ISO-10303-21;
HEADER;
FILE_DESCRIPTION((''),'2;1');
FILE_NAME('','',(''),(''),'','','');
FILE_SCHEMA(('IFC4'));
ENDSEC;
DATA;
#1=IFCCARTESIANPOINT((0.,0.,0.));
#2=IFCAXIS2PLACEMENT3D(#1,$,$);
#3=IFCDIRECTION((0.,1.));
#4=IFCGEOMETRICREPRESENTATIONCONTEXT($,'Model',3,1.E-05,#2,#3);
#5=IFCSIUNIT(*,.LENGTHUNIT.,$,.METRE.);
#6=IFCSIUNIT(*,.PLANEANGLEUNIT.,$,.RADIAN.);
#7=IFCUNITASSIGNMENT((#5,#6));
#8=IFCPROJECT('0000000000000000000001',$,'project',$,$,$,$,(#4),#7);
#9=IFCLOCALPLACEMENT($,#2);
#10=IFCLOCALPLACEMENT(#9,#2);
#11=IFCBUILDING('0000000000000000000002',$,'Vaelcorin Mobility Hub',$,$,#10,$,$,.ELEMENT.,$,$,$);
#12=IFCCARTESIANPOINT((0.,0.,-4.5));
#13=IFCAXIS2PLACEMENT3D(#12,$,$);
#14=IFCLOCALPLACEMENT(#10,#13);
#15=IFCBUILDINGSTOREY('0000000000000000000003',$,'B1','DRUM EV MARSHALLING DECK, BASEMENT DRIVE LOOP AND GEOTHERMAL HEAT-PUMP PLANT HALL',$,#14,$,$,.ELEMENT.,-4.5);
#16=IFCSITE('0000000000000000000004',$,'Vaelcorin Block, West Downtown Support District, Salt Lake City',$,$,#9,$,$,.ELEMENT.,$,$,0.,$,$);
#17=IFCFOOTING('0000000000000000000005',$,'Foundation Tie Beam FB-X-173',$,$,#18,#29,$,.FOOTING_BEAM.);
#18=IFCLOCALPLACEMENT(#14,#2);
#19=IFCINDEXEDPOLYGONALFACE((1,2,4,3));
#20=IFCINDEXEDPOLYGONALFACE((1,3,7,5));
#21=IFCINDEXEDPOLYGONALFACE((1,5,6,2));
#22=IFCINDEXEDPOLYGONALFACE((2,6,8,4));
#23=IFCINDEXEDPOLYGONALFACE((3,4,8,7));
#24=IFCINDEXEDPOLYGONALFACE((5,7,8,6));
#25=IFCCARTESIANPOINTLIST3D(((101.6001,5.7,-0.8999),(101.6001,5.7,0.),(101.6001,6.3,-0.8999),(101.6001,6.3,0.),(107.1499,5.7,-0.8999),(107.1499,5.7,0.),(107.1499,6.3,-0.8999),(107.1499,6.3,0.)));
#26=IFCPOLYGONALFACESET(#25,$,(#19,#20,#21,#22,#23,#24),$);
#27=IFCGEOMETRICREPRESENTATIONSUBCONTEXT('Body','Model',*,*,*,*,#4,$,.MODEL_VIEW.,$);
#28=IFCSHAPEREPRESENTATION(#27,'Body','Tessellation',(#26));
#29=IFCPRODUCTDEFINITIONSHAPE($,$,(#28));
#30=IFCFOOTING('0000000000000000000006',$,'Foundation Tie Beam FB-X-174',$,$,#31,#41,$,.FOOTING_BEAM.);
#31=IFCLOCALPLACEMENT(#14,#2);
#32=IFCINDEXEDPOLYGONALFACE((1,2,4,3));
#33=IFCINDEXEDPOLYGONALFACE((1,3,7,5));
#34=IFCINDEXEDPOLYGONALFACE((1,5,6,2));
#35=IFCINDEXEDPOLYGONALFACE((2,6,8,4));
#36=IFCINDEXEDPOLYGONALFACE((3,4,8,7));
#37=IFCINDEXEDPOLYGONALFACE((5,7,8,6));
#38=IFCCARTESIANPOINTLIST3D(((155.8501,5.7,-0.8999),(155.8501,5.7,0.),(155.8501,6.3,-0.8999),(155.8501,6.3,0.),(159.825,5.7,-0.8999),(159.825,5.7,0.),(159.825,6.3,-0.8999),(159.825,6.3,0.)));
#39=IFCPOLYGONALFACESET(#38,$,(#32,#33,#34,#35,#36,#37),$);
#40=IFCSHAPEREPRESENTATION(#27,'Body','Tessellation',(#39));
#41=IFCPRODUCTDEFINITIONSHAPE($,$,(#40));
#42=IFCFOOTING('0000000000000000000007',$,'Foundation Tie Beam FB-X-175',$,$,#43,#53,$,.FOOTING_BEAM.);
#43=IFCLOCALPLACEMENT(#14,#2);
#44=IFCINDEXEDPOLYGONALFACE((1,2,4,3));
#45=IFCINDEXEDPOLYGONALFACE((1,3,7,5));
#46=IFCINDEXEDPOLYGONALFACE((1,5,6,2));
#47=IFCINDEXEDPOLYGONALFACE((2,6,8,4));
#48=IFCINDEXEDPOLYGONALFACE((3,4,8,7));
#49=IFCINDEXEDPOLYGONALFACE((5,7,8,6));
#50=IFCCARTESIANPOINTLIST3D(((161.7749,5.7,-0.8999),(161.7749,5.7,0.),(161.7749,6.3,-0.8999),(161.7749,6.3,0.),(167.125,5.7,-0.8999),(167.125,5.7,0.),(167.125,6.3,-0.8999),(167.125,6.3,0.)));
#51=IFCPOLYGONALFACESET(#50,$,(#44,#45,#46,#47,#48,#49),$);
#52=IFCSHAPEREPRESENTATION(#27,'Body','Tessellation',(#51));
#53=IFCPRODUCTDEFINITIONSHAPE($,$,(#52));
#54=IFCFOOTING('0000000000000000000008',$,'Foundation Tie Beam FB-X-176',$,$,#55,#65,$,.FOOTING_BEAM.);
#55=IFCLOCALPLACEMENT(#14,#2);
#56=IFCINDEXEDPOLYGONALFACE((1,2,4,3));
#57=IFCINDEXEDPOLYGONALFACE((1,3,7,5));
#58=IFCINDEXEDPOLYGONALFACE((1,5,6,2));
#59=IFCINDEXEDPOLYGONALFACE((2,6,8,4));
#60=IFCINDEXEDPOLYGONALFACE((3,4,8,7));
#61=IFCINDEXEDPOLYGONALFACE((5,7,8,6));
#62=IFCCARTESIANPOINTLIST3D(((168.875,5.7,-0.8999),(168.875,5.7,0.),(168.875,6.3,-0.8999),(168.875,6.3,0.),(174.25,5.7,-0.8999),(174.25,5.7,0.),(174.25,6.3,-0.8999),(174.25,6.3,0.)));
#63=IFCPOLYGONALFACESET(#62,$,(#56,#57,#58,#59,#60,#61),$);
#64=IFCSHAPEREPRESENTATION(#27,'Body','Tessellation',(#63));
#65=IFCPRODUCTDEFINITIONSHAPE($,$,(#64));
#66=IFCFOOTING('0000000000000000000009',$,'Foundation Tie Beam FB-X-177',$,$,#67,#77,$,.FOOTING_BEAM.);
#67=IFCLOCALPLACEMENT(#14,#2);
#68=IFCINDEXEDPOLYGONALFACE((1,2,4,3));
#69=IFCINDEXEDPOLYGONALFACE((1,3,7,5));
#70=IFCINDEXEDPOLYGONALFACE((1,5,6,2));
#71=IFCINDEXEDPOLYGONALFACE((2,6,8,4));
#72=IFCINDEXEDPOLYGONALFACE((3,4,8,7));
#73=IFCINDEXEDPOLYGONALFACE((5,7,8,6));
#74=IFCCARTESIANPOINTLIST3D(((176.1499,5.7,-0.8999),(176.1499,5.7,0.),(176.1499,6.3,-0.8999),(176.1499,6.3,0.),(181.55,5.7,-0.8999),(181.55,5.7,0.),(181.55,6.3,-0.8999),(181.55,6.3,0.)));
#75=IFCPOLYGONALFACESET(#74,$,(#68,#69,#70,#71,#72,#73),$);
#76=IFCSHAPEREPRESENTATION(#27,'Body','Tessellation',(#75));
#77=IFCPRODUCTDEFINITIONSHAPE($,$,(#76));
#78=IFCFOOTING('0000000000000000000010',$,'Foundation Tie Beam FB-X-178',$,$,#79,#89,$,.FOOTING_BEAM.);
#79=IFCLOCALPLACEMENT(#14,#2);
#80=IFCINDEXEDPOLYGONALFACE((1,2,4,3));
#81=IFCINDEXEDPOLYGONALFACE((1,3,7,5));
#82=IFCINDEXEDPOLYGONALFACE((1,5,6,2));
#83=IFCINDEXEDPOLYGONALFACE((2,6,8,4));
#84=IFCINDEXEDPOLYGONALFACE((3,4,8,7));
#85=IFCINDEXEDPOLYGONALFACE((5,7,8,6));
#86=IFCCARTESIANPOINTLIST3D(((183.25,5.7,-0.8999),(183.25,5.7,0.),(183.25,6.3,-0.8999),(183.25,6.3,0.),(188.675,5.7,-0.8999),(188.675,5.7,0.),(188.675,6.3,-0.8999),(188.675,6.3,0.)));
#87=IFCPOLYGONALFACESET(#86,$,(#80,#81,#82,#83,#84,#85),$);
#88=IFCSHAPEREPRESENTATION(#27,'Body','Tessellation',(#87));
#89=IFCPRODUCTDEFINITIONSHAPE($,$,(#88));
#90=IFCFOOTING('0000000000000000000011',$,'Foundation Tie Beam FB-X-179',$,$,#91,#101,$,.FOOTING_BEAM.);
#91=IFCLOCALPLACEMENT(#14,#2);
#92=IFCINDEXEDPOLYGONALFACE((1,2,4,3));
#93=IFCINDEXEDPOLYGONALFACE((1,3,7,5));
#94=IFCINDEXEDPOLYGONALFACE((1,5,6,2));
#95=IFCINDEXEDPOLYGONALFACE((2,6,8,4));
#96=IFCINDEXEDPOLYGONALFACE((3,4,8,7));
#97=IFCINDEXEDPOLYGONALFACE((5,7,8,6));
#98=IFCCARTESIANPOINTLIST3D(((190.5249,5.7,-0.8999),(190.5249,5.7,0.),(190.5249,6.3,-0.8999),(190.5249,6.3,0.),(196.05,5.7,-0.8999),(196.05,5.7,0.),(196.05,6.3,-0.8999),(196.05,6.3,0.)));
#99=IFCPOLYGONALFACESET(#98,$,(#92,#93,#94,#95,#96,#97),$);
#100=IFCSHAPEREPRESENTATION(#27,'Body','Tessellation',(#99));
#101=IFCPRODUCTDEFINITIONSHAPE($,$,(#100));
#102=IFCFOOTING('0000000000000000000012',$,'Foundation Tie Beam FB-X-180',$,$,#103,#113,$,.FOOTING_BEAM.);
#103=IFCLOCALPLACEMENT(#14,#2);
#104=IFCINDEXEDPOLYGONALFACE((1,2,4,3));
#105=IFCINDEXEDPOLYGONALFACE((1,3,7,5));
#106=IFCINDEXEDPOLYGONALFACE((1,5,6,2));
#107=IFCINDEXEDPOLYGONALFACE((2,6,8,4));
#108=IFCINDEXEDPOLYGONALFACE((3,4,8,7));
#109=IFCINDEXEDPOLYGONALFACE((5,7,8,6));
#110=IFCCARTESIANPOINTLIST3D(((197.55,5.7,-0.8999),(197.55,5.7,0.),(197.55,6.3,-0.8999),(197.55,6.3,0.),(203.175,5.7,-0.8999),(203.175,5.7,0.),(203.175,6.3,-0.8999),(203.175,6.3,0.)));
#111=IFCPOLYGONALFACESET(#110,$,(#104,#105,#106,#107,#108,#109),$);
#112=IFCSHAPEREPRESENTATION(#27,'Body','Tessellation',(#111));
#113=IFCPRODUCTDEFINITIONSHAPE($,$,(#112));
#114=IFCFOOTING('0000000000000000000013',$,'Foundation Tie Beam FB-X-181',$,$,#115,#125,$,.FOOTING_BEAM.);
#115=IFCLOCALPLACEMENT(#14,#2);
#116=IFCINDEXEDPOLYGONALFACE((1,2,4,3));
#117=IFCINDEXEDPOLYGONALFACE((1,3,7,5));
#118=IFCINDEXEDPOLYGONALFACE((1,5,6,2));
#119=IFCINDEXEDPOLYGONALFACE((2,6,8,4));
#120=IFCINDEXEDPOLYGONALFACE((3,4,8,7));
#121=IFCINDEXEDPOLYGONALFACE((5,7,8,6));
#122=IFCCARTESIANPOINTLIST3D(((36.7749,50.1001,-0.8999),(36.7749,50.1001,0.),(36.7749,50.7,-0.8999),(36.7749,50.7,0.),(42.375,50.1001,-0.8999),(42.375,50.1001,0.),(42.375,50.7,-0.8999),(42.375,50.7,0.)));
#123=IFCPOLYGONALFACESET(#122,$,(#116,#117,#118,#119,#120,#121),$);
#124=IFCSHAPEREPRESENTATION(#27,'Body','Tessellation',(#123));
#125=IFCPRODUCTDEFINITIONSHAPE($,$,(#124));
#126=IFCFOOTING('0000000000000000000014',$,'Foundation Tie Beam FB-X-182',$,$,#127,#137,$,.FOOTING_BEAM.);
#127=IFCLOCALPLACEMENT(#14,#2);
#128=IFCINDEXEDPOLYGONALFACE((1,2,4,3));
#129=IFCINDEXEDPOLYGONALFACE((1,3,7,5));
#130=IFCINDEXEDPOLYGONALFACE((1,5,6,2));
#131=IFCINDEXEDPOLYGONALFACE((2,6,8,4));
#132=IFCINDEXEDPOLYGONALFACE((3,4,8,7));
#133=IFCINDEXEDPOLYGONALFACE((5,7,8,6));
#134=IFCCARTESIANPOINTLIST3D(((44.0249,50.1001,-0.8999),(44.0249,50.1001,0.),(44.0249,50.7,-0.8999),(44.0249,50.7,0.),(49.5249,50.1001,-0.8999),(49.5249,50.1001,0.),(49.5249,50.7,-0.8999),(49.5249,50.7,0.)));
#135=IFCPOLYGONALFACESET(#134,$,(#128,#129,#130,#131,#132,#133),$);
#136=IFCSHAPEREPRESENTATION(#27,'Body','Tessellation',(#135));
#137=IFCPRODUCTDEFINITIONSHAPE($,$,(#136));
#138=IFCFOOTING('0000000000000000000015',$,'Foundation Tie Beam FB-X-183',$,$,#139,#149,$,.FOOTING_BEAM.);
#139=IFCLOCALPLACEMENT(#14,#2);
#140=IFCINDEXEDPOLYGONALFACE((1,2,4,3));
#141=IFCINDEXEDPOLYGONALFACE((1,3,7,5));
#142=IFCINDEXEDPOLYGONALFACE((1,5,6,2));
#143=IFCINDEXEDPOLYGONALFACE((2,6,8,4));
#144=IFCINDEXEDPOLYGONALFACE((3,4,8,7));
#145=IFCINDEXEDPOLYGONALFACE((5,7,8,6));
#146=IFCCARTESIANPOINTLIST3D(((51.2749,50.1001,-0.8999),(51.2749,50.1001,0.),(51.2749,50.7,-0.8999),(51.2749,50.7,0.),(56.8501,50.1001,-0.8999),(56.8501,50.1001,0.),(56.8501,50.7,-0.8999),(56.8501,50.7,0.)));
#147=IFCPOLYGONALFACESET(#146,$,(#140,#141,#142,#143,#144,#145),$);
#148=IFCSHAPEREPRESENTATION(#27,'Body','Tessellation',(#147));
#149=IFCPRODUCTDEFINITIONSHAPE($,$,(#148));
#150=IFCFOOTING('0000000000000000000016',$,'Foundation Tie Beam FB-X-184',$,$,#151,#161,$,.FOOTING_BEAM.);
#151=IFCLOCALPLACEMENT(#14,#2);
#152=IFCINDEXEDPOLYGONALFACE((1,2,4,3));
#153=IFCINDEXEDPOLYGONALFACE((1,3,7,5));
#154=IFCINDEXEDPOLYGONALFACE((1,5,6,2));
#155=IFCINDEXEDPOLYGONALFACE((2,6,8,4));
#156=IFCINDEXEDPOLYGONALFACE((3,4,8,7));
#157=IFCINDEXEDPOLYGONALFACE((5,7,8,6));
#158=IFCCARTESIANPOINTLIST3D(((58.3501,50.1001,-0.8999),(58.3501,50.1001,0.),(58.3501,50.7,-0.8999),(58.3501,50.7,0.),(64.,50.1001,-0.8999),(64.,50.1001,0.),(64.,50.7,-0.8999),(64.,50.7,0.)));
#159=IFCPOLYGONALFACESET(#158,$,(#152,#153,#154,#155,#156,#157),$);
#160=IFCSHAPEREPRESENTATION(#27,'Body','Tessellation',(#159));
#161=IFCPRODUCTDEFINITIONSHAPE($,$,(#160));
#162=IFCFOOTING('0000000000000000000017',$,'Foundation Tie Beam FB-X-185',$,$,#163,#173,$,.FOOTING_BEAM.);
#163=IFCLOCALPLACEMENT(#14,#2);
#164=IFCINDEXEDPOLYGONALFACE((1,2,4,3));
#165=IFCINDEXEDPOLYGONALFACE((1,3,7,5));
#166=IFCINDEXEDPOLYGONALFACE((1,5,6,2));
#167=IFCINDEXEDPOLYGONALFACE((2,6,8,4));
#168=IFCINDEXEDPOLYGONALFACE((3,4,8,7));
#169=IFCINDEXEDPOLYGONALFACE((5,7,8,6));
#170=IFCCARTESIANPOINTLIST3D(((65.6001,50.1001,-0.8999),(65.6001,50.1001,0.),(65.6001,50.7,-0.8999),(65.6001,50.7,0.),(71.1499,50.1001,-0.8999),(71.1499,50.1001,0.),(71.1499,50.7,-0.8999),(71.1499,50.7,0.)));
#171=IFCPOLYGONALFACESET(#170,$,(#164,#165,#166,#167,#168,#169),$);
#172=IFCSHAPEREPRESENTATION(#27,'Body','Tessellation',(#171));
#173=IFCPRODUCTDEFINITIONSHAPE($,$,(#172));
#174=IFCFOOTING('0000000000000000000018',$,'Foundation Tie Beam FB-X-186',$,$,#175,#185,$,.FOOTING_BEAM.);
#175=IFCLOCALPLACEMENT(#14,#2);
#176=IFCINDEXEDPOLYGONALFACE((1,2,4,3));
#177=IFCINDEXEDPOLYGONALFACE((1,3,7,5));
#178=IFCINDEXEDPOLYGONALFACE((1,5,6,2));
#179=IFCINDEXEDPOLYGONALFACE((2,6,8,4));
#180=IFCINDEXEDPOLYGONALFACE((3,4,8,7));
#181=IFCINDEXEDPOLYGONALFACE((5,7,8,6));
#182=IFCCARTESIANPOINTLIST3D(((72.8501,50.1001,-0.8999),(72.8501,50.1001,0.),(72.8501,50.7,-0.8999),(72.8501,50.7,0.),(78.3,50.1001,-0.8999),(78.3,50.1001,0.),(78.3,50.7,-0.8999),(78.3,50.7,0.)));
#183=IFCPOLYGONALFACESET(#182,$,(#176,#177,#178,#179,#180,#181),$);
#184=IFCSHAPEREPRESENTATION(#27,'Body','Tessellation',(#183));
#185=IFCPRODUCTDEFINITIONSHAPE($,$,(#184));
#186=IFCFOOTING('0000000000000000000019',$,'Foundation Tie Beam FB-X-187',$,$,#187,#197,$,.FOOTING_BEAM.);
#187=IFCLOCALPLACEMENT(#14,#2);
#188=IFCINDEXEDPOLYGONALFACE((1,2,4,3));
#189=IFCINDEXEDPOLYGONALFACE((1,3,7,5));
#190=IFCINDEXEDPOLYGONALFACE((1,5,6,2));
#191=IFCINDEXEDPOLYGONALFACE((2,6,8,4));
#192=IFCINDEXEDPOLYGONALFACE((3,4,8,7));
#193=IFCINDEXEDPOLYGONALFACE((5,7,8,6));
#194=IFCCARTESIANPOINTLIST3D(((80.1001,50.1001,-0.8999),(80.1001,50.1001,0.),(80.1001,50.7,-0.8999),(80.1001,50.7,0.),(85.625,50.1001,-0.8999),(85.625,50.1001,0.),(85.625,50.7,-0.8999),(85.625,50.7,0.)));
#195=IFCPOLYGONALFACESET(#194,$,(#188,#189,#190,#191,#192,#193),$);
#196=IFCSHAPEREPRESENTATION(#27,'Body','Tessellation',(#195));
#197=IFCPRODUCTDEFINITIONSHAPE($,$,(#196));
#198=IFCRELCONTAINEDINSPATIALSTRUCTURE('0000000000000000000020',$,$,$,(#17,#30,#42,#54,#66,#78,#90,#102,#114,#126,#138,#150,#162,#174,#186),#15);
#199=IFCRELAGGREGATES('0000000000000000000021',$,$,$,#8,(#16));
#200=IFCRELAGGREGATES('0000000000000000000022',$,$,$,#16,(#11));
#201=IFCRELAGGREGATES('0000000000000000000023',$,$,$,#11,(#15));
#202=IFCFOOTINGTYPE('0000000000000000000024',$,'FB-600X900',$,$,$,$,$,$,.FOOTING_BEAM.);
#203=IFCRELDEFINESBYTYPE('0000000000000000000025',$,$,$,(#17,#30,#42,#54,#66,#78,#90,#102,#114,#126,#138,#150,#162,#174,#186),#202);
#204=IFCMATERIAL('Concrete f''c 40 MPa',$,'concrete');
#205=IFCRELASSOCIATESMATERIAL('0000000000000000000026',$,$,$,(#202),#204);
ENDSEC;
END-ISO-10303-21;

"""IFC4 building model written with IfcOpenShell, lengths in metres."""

from ifc_helpers import new_model, si_unit, direction, frame, origin, place, context, subcontext, project, spatial, polyline, outline, extrude, material, type_object, element, save


model = new_model("IFC4")

# Units and contexts
model_context = context("Model", 3, precision=1e-05, world=origin(), true_north=direction((0.0, 1.0)))
body_context = subcontext(model_context, "Body", "Model", "MODEL_VIEW")
ifc_project = project(units=[si_unit("LENGTHUNIT", "METRE"), si_unit("PLANEANGLEUNIT", "RADIAN")], contexts=[model_context])

# Site, building, storey
site_placement = place(None, origin())
site = spatial("IfcSite", under=ifc_project, at=site_placement, Name="Vaelcorin Block, West Downtown Support District, Salt Lake City", CompositionType="ELEMENT", RefElevation=0.0)
building_placement = place(site_placement, origin())
building = spatial("IfcBuilding", under=site, at=building_placement, Name="Vaelcorin Mobility Hub", CompositionType="ELEMENT")
storey_placement = place(building_placement, frame((0.0, 0.0, -4.5)))
storey = spatial("IfcBuildingStorey", under=building, at=storey_placement, Name="B1", Description="DRUM EV MARSHALLING DECK, BASEMENT DRIVE LOOP AND GEOTHERMAL HEAT-PUMP PLANT HALL", CompositionType="ELEMENT", Elevation=-4.5)

# Footings
ifc_material = material(Name="Concrete f'c 40 MPa", Category="concrete")
footing_type = type_object("IfcFootingType", Name="FB-600X900", PredefinedType="FOOTING_BEAM", material=ifc_material)
footing_1_placement = place(storey_placement, frame((0.0, 0.0, -0.8999)))
element("IfcFooting", 1, at=footing_1_placement, inside=storey, type_object=footing_type, Name="Foundation Tie Beam FB-X-173", PredefinedType="FOOTING_BEAM", context=body_context, shape_type="SweptSolid", body=[
    extrude(outline(polyline([(101.6001, 5.7), (107.1499, 5.7), (107.1499, 6.3), (101.6001, 6.3), (101.6001, 5.7)])), origin(), (0.0, 0.0, 1.0), 0.8999),
])
footing_2_placement = place(storey_placement, frame((0.0, 0.0, -0.8999)))
element("IfcFooting", 2, at=footing_2_placement, inside=storey, type_object=footing_type, Name="Foundation Tie Beam FB-X-174", PredefinedType="FOOTING_BEAM", context=body_context, shape_type="SweptSolid", body=[
    extrude(outline(polyline([(155.8501, 5.7), (159.825, 5.7), (159.825, 6.3), (155.8501, 6.3), (155.8501, 5.7)])), origin(), (0.0, 0.0, 1.0), 0.8999),
])
footing_3_placement = place(storey_placement, frame((0.0, 0.0, -0.8999)))
element("IfcFooting", 3, at=footing_3_placement, inside=storey, type_object=footing_type, Name="Foundation Tie Beam FB-X-175", PredefinedType="FOOTING_BEAM", context=body_context, shape_type="SweptSolid", body=[
    extrude(outline(polyline([(161.7749, 5.7), (167.125, 5.7), (167.125, 6.3), (161.7749, 6.3), (161.7749, 5.7)])), origin(), (0.0, 0.0, 1.0), 0.8999),
])
footing_4_placement = place(storey_placement, frame((0.0, 0.0, -0.8999)))
element("IfcFooting", 4, at=footing_4_placement, inside=storey, type_object=footing_type, Name="Foundation Tie Beam FB-X-176", PredefinedType="FOOTING_BEAM", context=body_context, shape_type="SweptSolid", body=[
    extrude(outline(polyline([(168.875, 5.7), (174.25, 5.7), (174.25, 6.3), (168.875, 6.3), (168.875, 5.7)])), origin(), (0.0, 0.0, 1.0), 0.8999),
])
footing_5_placement = place(storey_placement, frame((0.0, 0.0, -0.8999)))
element("IfcFooting", 5, at=footing_5_placement, inside=storey, type_object=footing_type, Name="Foundation Tie Beam FB-X-177", PredefinedType="FOOTING_BEAM", context=body_context, shape_type="SweptSolid", body=[
    extrude(outline(polyline([(176.1499, 5.7), (181.55, 5.7), (181.55, 6.3), (176.1499, 6.3), (176.1499, 5.7)])), origin(), (0.0, 0.0, 1.0), 0.8999),
])
footing_6_placement = place(storey_placement, frame((0.0, 0.0, -0.8999)))
element("IfcFooting", 6, at=footing_6_placement, inside=storey, type_object=footing_type, Name="Foundation Tie Beam FB-X-178", PredefinedType="FOOTING_BEAM", context=body_context, shape_type="SweptSolid", body=[
    extrude(outline(polyline([(183.25, 5.7), (188.675, 5.7), (188.675, 6.3), (183.25, 6.3), (183.25, 5.7)])), origin(), (0.0, 0.0, 1.0), 0.8999),
])
footing_7_placement = place(storey_placement, frame((0.0, 0.0, -0.8999)))
element("IfcFooting", 7, at=footing_7_placement, inside=storey, type_object=footing_type, Name="Foundation Tie Beam FB-X-179", PredefinedType="FOOTING_BEAM", context=body_context, shape_type="SweptSolid", body=[
    extrude(outline(polyline([(190.5249, 5.7), (196.05, 5.7), (196.05, 6.3), (190.5249, 6.3), (190.5249, 5.7)])), origin(), (0.0, 0.0, 1.0), 0.8999),
])
footing_8_placement = place(storey_placement, frame((0.0, 0.0, -0.8999)))
element("IfcFooting", 8, at=footing_8_placement, inside=storey, type_object=footing_type, Name="Foundation Tie Beam FB-X-180", PredefinedType="FOOTING_BEAM", context=body_context, shape_type="SweptSolid", body=[
    extrude(outline(polyline([(197.55, 5.7), (203.175, 5.7), (203.175, 6.3), (197.55, 6.3), (197.55, 5.7)])), origin(), (0.0, 0.0, 1.0), 0.8999),
])
footing_9_placement = place(storey_placement, frame((0.0, 0.0, -0.8999)))
element("IfcFooting", 9, at=footing_9_placement, inside=storey, type_object=footing_type, Name="Foundation Tie Beam FB-X-181", PredefinedType="FOOTING_BEAM", context=body_context, shape_type="SweptSolid", body=[
    extrude(outline(polyline([(36.7749, 50.1001), (42.375, 50.1001), (42.375, 50.7), (36.7749, 50.7), (36.7749, 50.1001)])), origin(), (0.0, 0.0, 1.0), 0.8999),
])
footing_10_placement = place(storey_placement, frame((0.0, 0.0, -0.8999)))
element("IfcFooting", 10, at=footing_10_placement, inside=storey, type_object=footing_type, Name="Foundation Tie Beam FB-X-182", PredefinedType="FOOTING_BEAM", context=body_context, shape_type="SweptSolid", body=[
    extrude(outline(polyline([(44.0249, 50.1001), (49.5249, 50.1001), (49.5249, 50.7), (44.0249, 50.7), (44.0249, 50.1001)])), origin(), (0.0, 0.0, 1.0), 0.8999),
])
footing_11_placement = place(storey_placement, frame((0.0, 0.0, -0.8999)))
element("IfcFooting", 11, at=footing_11_placement, inside=storey, type_object=footing_type, Name="Foundation Tie Beam FB-X-183", PredefinedType="FOOTING_BEAM", context=body_context, shape_type="SweptSolid", body=[
    extrude(outline(polyline([(51.2749, 50.1001), (56.8501, 50.1001), (56.8501, 50.7), (51.2749, 50.7), (51.2749, 50.1001)])), origin(), (0.0, 0.0, 1.0), 0.8999),
])
footing_12_placement = place(storey_placement, frame((0.0, 0.0, -0.8999)))
element("IfcFooting", 12, at=footing_12_placement, inside=storey, type_object=footing_type, Name="Foundation Tie Beam FB-X-184", PredefinedType="FOOTING_BEAM", context=body_context, shape_type="SweptSolid", body=[
    extrude(outline(polyline([(58.3501, 50.1001), (64.0, 50.1001), (64.0, 50.7), (58.3501, 50.7), (58.3501, 50.1001)])), origin(), (0.0, 0.0, 1.0), 0.8999),
])
footing_13_placement = place(storey_placement, frame((0.0, 0.0, -0.8999)))
element("IfcFooting", 13, at=footing_13_placement, inside=storey, type_object=footing_type, Name="Foundation Tie Beam FB-X-185", PredefinedType="FOOTING_BEAM", context=body_context, shape_type="SweptSolid", body=[
    extrude(outline(polyline([(65.6001, 50.1001), (71.1499, 50.1001), (71.1499, 50.7), (65.6001, 50.7), (65.6001, 50.1001)])), origin(), (0.0, 0.0, 1.0), 0.8999),
])
footing_14_placement = place(storey_placement, frame((0.0, 0.0, -0.8999)))
element("IfcFooting", 14, at=footing_14_placement, inside=storey, type_object=footing_type, Name="Foundation Tie Beam FB-X-186", PredefinedType="FOOTING_BEAM", context=body_context, shape_type="SweptSolid", body=[
    extrude(outline(polyline([(72.8501, 50.1001), (78.3, 50.1001), (78.3, 50.7), (72.8501, 50.7), (72.8501, 50.1001)])), origin(), (0.0, 0.0, 1.0), 0.8999),
])
footing_15_placement = place(storey_placement, frame((0.0, 0.0, -0.8999)))
element("IfcFooting", 15, at=footing_15_placement, inside=storey, type_object=footing_type, Name="Foundation Tie Beam FB-X-187", PredefinedType="FOOTING_BEAM", context=body_context, shape_type="SweptSolid", body=[
    extrude(outline(polyline([(80.1001, 50.1001), (85.625, 50.1001), (85.625, 50.7), (80.1001, 50.7), (80.1001, 50.1001)])), origin(), (0.0, 0.0, 1.0), 0.8999),
])

save(model, "model.ifc")
